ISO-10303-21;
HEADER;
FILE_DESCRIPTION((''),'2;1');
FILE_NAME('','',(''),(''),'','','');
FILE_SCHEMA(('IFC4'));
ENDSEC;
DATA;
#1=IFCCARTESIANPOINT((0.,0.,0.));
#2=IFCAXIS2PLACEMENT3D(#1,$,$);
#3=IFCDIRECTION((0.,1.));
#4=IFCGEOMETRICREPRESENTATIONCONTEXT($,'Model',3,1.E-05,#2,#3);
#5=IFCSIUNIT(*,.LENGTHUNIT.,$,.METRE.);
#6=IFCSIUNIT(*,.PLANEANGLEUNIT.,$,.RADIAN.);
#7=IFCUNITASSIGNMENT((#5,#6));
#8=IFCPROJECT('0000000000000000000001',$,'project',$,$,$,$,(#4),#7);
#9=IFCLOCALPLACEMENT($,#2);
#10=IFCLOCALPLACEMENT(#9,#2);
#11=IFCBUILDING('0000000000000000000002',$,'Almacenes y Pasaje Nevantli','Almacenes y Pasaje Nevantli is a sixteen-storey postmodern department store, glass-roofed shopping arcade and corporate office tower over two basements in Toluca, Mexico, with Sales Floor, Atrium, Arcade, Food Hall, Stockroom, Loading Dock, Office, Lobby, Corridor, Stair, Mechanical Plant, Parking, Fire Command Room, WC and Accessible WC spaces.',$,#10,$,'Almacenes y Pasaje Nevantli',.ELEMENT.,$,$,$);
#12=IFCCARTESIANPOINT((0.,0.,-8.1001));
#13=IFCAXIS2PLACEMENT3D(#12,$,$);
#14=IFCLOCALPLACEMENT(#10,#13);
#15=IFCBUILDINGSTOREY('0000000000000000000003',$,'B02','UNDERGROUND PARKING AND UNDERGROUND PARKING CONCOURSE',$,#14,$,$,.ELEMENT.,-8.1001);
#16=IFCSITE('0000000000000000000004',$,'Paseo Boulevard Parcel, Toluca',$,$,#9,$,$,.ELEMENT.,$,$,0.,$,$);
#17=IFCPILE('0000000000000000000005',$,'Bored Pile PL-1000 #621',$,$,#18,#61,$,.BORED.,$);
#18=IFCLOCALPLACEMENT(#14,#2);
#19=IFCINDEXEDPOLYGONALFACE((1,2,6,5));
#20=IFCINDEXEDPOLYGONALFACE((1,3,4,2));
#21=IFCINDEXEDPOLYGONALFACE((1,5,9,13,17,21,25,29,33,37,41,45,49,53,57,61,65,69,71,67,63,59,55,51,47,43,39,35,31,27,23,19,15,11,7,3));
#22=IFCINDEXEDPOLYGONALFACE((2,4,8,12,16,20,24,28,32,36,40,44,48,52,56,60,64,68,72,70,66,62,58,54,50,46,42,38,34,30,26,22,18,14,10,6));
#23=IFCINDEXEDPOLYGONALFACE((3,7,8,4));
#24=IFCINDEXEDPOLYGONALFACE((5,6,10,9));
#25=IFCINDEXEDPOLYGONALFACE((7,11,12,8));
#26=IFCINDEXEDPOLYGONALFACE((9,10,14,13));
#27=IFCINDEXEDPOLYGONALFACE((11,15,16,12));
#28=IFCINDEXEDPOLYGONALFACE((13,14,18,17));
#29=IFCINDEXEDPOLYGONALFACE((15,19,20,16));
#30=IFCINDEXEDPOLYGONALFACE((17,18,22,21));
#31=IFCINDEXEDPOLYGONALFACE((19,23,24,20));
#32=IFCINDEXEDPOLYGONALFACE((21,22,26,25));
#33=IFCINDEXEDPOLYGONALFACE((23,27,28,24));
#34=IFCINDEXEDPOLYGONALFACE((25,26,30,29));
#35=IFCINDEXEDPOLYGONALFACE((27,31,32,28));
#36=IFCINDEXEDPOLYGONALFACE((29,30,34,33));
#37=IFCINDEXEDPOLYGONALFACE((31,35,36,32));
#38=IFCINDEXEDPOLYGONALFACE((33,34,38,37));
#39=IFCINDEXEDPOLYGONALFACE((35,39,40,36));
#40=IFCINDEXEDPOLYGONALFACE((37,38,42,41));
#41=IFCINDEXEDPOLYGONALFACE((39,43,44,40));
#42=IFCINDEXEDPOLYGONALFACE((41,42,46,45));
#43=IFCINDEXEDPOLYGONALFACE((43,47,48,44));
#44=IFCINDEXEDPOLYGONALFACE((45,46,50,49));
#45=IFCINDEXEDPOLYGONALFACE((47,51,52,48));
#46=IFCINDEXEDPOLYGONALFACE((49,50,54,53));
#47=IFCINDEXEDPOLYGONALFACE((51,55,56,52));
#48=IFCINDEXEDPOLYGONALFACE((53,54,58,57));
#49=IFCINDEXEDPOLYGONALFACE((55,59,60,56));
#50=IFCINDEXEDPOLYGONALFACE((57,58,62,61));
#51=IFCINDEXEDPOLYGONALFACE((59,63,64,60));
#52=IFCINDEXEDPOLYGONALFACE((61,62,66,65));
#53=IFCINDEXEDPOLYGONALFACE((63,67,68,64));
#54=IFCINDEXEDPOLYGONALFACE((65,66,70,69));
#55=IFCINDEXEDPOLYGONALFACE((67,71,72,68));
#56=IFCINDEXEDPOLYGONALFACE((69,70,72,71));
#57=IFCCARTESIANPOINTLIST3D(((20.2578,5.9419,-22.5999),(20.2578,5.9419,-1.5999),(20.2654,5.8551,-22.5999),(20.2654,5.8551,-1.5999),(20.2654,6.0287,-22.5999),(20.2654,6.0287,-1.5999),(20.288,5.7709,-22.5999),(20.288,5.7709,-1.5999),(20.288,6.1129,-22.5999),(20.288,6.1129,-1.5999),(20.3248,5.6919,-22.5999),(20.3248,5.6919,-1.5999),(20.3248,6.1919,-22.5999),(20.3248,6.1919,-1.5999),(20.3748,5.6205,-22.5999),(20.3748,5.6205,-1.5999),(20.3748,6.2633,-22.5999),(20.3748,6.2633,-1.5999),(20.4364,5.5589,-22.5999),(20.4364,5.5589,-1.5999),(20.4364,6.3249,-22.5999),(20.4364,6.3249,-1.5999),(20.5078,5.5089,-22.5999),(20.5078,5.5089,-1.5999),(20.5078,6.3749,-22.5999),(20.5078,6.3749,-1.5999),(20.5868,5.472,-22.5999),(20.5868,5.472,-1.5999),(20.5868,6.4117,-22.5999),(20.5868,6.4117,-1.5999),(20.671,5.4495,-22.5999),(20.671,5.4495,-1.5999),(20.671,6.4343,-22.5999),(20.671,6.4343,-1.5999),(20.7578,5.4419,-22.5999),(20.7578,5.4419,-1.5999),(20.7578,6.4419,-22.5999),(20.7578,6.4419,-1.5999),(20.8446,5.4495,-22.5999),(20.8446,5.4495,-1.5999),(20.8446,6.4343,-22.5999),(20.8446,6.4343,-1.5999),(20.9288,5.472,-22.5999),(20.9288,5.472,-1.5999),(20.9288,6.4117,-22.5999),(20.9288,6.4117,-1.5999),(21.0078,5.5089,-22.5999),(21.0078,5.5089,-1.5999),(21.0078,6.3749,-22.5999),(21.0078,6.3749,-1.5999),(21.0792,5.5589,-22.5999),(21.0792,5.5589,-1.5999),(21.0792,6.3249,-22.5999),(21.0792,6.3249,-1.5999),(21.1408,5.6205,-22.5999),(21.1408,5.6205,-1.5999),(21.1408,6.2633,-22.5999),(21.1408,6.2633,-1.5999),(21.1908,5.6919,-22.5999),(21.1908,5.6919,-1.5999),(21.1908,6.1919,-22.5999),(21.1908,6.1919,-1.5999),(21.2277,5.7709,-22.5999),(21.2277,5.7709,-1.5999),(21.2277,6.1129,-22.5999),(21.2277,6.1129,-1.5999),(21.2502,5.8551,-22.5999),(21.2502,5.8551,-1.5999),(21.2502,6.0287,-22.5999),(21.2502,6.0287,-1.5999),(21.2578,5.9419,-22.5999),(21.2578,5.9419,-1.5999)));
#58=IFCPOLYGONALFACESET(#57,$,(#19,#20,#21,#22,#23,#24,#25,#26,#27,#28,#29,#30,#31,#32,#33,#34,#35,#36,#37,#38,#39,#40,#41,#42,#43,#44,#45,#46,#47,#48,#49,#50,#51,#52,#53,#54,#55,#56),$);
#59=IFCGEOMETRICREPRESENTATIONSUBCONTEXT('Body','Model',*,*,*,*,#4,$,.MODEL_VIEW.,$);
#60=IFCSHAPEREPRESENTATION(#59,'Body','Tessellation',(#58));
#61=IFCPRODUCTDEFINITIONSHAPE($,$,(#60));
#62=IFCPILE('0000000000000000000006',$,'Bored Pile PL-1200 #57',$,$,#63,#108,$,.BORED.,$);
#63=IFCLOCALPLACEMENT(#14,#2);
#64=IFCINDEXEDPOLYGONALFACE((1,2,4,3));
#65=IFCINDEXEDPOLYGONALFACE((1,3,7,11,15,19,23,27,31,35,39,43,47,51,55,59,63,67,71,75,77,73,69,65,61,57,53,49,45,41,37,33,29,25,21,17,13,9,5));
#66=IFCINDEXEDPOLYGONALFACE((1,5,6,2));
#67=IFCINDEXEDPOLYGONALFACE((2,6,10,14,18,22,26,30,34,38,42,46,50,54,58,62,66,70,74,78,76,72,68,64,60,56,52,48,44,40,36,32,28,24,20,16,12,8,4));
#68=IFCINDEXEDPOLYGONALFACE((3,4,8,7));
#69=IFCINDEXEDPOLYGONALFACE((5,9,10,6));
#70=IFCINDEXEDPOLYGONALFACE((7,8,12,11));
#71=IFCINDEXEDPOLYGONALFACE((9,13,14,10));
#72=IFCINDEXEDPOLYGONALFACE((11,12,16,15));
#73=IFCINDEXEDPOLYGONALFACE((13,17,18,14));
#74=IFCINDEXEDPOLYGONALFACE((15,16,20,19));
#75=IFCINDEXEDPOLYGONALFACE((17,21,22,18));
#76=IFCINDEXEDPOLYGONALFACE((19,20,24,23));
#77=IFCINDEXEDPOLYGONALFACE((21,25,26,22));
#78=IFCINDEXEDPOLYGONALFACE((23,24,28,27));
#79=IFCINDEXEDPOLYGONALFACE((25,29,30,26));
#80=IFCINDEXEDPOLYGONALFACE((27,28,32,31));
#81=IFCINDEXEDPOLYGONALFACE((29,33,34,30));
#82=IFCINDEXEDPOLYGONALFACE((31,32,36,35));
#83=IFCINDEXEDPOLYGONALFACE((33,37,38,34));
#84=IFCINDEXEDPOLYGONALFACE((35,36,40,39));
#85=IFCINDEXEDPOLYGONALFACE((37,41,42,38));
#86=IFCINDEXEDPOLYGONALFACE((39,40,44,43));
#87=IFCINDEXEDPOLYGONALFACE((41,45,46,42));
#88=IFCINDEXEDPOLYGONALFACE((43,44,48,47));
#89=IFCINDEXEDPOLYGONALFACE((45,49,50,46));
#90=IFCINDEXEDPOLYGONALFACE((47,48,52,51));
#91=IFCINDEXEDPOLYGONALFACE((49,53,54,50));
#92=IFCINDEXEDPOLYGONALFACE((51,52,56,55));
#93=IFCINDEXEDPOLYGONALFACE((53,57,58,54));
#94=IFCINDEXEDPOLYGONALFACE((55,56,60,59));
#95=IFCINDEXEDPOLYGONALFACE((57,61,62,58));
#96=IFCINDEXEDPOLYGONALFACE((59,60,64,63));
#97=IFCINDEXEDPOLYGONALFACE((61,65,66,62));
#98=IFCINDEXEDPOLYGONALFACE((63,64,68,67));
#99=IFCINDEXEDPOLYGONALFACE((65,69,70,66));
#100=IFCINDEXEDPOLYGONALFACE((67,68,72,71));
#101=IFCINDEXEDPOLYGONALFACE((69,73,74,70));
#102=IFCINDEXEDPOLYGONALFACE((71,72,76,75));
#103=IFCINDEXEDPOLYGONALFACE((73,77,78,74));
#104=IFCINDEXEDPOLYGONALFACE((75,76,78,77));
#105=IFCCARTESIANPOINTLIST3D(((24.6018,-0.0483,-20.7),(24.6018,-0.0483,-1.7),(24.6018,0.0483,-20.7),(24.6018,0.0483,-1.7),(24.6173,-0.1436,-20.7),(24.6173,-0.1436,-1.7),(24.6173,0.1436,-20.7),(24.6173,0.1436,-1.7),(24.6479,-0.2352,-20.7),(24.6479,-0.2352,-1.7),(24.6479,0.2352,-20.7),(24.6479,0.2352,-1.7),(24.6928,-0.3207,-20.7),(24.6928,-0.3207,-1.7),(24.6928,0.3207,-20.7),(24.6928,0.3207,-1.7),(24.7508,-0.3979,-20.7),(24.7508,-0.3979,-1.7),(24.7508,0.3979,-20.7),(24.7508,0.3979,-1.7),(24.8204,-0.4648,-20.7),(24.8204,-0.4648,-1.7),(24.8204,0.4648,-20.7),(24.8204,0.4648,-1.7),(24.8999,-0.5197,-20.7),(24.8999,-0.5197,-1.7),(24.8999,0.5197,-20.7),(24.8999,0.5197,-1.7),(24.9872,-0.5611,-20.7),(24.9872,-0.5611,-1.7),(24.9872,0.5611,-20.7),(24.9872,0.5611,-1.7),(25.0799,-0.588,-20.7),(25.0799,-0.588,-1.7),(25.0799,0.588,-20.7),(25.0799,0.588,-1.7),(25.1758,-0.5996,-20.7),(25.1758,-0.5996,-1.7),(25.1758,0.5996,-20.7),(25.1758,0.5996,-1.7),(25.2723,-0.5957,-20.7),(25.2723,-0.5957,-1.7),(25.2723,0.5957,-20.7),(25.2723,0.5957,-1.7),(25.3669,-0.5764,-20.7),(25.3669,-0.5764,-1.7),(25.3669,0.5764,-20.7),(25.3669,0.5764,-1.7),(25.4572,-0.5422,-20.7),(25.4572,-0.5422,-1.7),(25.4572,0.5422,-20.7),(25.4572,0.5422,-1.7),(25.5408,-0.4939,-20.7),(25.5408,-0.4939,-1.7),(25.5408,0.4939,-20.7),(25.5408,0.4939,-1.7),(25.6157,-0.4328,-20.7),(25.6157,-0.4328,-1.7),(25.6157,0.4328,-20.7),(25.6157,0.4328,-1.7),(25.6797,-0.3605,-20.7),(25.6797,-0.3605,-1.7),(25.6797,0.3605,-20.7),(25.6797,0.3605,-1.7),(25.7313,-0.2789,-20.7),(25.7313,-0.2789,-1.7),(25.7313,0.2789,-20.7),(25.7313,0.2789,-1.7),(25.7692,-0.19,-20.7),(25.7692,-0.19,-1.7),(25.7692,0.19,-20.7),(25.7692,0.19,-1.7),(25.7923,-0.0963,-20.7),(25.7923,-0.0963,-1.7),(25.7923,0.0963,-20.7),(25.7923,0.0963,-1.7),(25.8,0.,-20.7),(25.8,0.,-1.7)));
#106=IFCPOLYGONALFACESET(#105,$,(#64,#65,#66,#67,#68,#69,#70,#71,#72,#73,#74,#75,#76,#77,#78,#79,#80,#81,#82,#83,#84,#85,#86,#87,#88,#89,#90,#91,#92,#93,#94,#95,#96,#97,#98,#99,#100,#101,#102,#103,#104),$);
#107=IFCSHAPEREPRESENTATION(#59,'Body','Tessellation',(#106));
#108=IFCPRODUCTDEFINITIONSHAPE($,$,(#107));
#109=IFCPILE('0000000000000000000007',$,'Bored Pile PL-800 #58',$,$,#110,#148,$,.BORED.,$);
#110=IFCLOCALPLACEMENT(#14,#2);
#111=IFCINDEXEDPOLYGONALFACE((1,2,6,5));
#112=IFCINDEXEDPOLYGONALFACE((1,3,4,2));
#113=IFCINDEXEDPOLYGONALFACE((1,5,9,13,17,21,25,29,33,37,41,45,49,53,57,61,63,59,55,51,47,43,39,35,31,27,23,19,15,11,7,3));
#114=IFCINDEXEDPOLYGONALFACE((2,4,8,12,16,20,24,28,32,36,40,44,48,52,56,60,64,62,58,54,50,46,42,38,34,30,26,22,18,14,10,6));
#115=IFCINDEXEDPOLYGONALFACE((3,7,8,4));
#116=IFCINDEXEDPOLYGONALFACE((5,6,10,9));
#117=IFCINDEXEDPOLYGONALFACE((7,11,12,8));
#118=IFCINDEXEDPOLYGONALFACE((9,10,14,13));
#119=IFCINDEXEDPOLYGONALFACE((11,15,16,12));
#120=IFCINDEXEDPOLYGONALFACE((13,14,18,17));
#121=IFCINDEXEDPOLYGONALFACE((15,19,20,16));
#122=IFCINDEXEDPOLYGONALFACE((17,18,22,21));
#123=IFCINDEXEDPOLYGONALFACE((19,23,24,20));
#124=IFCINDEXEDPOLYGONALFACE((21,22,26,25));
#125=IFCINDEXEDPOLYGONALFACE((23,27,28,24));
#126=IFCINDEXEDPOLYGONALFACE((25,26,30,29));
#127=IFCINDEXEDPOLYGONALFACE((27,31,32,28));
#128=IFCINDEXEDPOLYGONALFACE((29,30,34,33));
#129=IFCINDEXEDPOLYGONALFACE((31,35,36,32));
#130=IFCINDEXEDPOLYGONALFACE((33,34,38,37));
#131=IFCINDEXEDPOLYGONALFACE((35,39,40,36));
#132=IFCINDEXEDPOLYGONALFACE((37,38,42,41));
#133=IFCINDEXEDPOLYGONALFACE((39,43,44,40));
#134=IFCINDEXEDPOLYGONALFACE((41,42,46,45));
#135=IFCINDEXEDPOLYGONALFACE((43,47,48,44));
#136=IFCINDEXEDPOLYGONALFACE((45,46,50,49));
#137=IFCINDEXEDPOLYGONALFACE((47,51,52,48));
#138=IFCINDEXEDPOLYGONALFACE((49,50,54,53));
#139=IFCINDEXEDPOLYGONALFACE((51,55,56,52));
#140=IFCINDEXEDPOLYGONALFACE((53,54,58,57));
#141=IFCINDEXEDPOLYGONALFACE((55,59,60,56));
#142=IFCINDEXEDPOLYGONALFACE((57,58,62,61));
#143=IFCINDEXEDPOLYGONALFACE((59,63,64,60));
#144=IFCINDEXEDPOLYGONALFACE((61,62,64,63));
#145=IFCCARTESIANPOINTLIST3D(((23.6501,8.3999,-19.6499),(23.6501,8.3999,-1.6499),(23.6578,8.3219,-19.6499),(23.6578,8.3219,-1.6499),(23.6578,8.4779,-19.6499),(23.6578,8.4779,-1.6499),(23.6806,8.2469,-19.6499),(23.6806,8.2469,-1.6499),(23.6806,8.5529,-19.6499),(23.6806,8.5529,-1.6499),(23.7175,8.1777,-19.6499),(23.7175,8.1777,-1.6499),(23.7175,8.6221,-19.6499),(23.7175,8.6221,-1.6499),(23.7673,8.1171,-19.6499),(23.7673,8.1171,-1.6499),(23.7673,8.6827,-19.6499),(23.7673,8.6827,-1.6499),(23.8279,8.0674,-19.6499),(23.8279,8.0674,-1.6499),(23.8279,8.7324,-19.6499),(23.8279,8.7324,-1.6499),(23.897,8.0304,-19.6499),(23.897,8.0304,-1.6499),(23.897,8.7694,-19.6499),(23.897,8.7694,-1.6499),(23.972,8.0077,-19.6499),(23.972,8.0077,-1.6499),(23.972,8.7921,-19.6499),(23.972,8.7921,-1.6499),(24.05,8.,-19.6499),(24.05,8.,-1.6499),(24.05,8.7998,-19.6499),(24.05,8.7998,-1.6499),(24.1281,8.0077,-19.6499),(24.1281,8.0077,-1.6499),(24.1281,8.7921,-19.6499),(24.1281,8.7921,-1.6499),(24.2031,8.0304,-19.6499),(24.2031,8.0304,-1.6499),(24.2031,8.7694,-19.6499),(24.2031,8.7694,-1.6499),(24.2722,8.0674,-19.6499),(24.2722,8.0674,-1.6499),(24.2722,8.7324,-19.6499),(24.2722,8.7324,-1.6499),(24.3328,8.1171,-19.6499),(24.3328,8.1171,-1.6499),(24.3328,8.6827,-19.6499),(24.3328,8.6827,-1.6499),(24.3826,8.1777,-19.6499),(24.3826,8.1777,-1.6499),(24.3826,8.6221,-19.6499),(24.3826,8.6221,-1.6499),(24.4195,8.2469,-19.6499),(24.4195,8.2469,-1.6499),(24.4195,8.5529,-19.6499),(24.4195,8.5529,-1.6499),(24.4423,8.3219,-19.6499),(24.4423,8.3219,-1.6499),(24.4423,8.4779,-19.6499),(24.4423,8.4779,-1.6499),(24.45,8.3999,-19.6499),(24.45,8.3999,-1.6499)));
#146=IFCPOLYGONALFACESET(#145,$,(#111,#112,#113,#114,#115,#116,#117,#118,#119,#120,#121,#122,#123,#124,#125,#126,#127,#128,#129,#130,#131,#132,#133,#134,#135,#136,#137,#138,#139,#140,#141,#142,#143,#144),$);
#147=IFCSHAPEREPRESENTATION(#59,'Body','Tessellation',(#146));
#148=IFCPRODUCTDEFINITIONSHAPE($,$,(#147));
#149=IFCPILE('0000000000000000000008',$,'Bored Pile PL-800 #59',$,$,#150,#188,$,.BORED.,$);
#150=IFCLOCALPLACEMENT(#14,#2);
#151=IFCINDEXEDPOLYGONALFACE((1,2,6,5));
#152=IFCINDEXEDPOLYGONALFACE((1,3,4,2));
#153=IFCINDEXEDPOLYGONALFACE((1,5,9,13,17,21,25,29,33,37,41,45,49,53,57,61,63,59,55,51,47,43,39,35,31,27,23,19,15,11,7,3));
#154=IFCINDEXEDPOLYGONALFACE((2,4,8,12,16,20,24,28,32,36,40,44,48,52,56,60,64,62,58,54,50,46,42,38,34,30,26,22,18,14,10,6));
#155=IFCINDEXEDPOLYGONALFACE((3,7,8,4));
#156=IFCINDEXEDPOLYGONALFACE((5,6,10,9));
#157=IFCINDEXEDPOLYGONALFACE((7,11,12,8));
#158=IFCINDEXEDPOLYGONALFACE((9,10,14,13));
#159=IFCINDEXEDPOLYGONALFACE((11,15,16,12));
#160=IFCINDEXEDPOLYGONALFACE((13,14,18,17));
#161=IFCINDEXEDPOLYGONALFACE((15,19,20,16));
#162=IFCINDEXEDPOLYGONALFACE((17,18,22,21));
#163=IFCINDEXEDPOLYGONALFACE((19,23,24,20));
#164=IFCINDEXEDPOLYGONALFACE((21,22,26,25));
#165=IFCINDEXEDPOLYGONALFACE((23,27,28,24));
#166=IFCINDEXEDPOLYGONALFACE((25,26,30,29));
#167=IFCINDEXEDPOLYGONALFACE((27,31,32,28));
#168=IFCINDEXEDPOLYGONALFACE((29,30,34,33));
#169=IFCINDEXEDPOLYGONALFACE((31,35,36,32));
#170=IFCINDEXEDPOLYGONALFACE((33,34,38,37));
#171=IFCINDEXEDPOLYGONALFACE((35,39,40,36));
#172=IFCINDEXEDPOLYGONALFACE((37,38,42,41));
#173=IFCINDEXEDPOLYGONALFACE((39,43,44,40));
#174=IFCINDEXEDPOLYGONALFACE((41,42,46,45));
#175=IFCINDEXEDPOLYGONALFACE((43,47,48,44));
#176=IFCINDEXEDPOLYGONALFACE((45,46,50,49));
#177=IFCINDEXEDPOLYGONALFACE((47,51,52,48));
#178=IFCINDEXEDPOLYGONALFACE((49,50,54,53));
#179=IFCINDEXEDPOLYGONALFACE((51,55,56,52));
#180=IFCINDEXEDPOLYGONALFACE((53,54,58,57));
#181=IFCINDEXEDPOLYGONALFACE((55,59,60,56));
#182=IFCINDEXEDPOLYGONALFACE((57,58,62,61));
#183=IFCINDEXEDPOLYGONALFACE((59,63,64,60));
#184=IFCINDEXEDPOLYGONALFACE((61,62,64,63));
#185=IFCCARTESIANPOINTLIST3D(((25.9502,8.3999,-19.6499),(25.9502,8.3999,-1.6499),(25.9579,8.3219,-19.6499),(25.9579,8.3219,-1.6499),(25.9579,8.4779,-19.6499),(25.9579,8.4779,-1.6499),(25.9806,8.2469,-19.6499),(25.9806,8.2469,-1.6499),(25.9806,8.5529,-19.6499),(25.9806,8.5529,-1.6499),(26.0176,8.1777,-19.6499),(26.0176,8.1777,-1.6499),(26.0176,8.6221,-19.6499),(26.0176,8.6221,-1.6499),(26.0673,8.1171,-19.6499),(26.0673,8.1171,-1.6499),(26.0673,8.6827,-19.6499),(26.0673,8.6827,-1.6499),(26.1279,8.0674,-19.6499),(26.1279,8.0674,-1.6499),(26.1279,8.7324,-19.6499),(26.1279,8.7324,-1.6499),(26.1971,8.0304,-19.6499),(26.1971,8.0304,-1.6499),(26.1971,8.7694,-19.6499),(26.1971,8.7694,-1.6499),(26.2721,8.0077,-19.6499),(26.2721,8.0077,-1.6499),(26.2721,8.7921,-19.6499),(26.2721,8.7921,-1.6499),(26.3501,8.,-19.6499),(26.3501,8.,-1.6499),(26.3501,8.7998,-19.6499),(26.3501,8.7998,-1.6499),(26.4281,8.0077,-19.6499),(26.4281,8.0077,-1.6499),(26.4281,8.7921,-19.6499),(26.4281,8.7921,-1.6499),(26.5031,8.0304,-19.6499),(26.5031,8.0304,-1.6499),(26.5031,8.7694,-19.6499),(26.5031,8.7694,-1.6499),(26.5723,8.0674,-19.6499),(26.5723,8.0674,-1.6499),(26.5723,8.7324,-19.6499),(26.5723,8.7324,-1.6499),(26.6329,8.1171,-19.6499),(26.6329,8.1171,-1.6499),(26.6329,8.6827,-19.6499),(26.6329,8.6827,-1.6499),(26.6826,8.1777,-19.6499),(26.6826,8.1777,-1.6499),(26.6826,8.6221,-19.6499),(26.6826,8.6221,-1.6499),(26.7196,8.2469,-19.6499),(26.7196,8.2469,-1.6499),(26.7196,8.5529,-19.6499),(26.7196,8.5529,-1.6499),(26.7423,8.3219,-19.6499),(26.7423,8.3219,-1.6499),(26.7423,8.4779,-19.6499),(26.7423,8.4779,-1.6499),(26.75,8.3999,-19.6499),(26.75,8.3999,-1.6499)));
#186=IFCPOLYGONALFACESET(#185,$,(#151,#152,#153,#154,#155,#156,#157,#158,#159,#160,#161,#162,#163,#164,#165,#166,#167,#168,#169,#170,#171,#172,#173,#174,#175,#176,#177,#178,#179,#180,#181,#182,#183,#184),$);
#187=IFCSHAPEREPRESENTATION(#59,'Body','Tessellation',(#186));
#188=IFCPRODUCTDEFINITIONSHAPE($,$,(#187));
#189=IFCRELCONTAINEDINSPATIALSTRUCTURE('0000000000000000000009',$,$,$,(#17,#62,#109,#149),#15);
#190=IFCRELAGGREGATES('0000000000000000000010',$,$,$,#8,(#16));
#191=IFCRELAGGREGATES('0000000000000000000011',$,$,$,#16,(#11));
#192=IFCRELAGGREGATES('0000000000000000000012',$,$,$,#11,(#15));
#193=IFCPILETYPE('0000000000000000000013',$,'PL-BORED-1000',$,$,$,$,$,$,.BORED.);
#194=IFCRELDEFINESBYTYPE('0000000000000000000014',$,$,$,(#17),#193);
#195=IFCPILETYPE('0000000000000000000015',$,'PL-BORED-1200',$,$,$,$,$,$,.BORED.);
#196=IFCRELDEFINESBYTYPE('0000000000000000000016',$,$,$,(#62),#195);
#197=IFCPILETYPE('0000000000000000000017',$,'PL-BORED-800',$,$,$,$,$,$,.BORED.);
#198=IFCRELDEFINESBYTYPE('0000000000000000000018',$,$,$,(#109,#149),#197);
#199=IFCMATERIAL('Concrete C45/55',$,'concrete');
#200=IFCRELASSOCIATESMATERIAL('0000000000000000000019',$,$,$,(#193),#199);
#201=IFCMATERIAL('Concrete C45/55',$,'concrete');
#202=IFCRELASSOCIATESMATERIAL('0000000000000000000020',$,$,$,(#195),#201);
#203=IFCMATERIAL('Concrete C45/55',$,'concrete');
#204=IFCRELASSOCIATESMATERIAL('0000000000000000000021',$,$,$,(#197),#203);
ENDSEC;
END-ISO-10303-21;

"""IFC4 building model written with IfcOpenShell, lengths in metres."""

from ifc_helpers import new_model, si_unit, direction, frame, origin, origin_2d, place, context, subcontext, project, spatial, circle, extrude, material, material_profile, profile_set, type_object, element, save


model = new_model("IFC4")

# Units and contexts
model_context = context("Model", 3, precision=1e-05, world=origin(), true_north=direction((0.0, 1.0)))
body_context = subcontext(model_context, "Body", "Model", "MODEL_VIEW")
ifc_project = project(units=[si_unit("LENGTHUNIT", "METRE"), si_unit("PLANEANGLEUNIT", "RADIAN")], contexts=[model_context])

# Site, building, storey
site_placement = place(None, origin())
site = spatial("IfcSite", under=ifc_project, at=site_placement, Name="Paseo Boulevard Parcel, Toluca", CompositionType="ELEMENT", RefElevation=0.0)
building_placement = place(site_placement, origin())
building = spatial("IfcBuilding", under=site, at=building_placement, Name="Almacenes y Pasaje Nevantli", Description="Almacenes y Pasaje Nevantli is a sixteen-storey postmodern department store, glass-roofed shopping arcade and corporate office tower over two basements in Toluca, Mexico, with Sales Floor, Atrium, Arcade, Food Hall, Stockroom, Loading Dock, Office, Lobby, Corridor, Stair, Mechanical Plant, Parking, Fire Command Room, WC and Accessible WC spaces.", LongName="Almacenes y Pasaje Nevantli", CompositionType="ELEMENT")
storey_placement = place(building_placement, frame((0.0, 0.0, -8.1001)))
storey = spatial("IfcBuildingStorey", under=building, at=storey_placement, Name="B02", Description="UNDERGROUND PARKING AND UNDERGROUND PARKING CONCOURSE", CompositionType="ELEMENT", Elevation=-8.1001)

# Piles
ifc_material_1 = material(Name="Concrete C45/55", Category="concrete")
ifc_material_profile_1 = material_profile(ifc_material_1, circle(Radius=0.5, at=origin_2d()), Name="RC-PILE-D1000")
ifc_profile_set_1 = profile_set([ifc_material_profile_1], Name="Concrete C45/55")
pile_type_1 = type_object("IfcPileType", Name="PL-BORED-1000", PredefinedType="BORED", material=ifc_profile_set_1)
for number, where, z_axis, x_axis, name in (
    (1, (20.7578, 5.9419, -1.5999), (0.0, 0.0, -1.0), (1.0, 0.0, 0.0), "Bored Pile PL-1000 #621"),
):
    element("IfcPile", number, at=place(storey_placement, frame(where, z_axis=z_axis, x_axis=x_axis)), inside=storey, type_object=pile_type_1, Name=name, PredefinedType="BORED", context=body_context, shape_type="SweptSolid", body=[
        extrude(circle(Radius=0.5, at=origin_2d()), origin(), (0.0, 0.0, 1.0), 21.0),
    ])
ifc_material_2 = material(Name="Concrete C45/55", Category="concrete")
ifc_material_profile_2 = material_profile(ifc_material_2, circle(Radius=0.6001, at=origin_2d()), Name="RC-PILE-D1200")
ifc_profile_set_2 = profile_set([ifc_material_profile_2], Name="Concrete C45/55")
pile_type_2 = type_object("IfcPileType", Name="PL-BORED-1200", PredefinedType="BORED", material=ifc_profile_set_2)
pile_placement = place(storey_placement, frame((25.2, 0.0, -1.7), z_axis=(0.0, 0.0, -1.0), x_axis=(1.0, 0.0, 0.0)))
element("IfcPile", 2, at=pile_placement, inside=storey, type_object=pile_type_2, Name="Bored Pile PL-1200 #57", PredefinedType="BORED", context=body_context, shape_type="SweptSolid", body=[
    extrude(circle(Radius=0.6001, at=origin_2d()), origin(), (0.0, 0.0, 1.0), 19.0),
])
ifc_material_3 = material(Name="Concrete C45/55", Category="concrete")
ifc_material_profile_3 = material_profile(ifc_material_3, circle(Radius=0.3999, at=origin_2d()), Name="RC-PILE-D800")
ifc_profile_set_3 = profile_set([ifc_material_profile_3], Name="Concrete C45/55")
pile_type_3 = type_object("IfcPileType", Name="PL-BORED-800", PredefinedType="BORED", material=ifc_profile_set_3)
for number, where, z_axis, x_axis, name in (
    (3, (24.05, 8.3999, -1.6499), (0.0, 0.0, -1.0), (1.0, 0.0, 0.0), "Bored Pile PL-800 #58"),
    (4, (26.3501, 8.3999, -1.6499), (0.0, 0.0, -1.0), (1.0, 0.0, 0.0), "Bored Pile PL-800 #59"),
):
    element("IfcPile", number, at=place(storey_placement, frame(where, z_axis=z_axis, x_axis=x_axis)), inside=storey, type_object=pile_type_3, Name=name, PredefinedType="BORED", context=body_context, shape_type="SweptSolid", body=[
        extrude(circle(Radius=0.3999, at=origin_2d()), origin(), (0.0, 0.0, 1.0), 18.0),
    ])

save(model, "model.ifc")
